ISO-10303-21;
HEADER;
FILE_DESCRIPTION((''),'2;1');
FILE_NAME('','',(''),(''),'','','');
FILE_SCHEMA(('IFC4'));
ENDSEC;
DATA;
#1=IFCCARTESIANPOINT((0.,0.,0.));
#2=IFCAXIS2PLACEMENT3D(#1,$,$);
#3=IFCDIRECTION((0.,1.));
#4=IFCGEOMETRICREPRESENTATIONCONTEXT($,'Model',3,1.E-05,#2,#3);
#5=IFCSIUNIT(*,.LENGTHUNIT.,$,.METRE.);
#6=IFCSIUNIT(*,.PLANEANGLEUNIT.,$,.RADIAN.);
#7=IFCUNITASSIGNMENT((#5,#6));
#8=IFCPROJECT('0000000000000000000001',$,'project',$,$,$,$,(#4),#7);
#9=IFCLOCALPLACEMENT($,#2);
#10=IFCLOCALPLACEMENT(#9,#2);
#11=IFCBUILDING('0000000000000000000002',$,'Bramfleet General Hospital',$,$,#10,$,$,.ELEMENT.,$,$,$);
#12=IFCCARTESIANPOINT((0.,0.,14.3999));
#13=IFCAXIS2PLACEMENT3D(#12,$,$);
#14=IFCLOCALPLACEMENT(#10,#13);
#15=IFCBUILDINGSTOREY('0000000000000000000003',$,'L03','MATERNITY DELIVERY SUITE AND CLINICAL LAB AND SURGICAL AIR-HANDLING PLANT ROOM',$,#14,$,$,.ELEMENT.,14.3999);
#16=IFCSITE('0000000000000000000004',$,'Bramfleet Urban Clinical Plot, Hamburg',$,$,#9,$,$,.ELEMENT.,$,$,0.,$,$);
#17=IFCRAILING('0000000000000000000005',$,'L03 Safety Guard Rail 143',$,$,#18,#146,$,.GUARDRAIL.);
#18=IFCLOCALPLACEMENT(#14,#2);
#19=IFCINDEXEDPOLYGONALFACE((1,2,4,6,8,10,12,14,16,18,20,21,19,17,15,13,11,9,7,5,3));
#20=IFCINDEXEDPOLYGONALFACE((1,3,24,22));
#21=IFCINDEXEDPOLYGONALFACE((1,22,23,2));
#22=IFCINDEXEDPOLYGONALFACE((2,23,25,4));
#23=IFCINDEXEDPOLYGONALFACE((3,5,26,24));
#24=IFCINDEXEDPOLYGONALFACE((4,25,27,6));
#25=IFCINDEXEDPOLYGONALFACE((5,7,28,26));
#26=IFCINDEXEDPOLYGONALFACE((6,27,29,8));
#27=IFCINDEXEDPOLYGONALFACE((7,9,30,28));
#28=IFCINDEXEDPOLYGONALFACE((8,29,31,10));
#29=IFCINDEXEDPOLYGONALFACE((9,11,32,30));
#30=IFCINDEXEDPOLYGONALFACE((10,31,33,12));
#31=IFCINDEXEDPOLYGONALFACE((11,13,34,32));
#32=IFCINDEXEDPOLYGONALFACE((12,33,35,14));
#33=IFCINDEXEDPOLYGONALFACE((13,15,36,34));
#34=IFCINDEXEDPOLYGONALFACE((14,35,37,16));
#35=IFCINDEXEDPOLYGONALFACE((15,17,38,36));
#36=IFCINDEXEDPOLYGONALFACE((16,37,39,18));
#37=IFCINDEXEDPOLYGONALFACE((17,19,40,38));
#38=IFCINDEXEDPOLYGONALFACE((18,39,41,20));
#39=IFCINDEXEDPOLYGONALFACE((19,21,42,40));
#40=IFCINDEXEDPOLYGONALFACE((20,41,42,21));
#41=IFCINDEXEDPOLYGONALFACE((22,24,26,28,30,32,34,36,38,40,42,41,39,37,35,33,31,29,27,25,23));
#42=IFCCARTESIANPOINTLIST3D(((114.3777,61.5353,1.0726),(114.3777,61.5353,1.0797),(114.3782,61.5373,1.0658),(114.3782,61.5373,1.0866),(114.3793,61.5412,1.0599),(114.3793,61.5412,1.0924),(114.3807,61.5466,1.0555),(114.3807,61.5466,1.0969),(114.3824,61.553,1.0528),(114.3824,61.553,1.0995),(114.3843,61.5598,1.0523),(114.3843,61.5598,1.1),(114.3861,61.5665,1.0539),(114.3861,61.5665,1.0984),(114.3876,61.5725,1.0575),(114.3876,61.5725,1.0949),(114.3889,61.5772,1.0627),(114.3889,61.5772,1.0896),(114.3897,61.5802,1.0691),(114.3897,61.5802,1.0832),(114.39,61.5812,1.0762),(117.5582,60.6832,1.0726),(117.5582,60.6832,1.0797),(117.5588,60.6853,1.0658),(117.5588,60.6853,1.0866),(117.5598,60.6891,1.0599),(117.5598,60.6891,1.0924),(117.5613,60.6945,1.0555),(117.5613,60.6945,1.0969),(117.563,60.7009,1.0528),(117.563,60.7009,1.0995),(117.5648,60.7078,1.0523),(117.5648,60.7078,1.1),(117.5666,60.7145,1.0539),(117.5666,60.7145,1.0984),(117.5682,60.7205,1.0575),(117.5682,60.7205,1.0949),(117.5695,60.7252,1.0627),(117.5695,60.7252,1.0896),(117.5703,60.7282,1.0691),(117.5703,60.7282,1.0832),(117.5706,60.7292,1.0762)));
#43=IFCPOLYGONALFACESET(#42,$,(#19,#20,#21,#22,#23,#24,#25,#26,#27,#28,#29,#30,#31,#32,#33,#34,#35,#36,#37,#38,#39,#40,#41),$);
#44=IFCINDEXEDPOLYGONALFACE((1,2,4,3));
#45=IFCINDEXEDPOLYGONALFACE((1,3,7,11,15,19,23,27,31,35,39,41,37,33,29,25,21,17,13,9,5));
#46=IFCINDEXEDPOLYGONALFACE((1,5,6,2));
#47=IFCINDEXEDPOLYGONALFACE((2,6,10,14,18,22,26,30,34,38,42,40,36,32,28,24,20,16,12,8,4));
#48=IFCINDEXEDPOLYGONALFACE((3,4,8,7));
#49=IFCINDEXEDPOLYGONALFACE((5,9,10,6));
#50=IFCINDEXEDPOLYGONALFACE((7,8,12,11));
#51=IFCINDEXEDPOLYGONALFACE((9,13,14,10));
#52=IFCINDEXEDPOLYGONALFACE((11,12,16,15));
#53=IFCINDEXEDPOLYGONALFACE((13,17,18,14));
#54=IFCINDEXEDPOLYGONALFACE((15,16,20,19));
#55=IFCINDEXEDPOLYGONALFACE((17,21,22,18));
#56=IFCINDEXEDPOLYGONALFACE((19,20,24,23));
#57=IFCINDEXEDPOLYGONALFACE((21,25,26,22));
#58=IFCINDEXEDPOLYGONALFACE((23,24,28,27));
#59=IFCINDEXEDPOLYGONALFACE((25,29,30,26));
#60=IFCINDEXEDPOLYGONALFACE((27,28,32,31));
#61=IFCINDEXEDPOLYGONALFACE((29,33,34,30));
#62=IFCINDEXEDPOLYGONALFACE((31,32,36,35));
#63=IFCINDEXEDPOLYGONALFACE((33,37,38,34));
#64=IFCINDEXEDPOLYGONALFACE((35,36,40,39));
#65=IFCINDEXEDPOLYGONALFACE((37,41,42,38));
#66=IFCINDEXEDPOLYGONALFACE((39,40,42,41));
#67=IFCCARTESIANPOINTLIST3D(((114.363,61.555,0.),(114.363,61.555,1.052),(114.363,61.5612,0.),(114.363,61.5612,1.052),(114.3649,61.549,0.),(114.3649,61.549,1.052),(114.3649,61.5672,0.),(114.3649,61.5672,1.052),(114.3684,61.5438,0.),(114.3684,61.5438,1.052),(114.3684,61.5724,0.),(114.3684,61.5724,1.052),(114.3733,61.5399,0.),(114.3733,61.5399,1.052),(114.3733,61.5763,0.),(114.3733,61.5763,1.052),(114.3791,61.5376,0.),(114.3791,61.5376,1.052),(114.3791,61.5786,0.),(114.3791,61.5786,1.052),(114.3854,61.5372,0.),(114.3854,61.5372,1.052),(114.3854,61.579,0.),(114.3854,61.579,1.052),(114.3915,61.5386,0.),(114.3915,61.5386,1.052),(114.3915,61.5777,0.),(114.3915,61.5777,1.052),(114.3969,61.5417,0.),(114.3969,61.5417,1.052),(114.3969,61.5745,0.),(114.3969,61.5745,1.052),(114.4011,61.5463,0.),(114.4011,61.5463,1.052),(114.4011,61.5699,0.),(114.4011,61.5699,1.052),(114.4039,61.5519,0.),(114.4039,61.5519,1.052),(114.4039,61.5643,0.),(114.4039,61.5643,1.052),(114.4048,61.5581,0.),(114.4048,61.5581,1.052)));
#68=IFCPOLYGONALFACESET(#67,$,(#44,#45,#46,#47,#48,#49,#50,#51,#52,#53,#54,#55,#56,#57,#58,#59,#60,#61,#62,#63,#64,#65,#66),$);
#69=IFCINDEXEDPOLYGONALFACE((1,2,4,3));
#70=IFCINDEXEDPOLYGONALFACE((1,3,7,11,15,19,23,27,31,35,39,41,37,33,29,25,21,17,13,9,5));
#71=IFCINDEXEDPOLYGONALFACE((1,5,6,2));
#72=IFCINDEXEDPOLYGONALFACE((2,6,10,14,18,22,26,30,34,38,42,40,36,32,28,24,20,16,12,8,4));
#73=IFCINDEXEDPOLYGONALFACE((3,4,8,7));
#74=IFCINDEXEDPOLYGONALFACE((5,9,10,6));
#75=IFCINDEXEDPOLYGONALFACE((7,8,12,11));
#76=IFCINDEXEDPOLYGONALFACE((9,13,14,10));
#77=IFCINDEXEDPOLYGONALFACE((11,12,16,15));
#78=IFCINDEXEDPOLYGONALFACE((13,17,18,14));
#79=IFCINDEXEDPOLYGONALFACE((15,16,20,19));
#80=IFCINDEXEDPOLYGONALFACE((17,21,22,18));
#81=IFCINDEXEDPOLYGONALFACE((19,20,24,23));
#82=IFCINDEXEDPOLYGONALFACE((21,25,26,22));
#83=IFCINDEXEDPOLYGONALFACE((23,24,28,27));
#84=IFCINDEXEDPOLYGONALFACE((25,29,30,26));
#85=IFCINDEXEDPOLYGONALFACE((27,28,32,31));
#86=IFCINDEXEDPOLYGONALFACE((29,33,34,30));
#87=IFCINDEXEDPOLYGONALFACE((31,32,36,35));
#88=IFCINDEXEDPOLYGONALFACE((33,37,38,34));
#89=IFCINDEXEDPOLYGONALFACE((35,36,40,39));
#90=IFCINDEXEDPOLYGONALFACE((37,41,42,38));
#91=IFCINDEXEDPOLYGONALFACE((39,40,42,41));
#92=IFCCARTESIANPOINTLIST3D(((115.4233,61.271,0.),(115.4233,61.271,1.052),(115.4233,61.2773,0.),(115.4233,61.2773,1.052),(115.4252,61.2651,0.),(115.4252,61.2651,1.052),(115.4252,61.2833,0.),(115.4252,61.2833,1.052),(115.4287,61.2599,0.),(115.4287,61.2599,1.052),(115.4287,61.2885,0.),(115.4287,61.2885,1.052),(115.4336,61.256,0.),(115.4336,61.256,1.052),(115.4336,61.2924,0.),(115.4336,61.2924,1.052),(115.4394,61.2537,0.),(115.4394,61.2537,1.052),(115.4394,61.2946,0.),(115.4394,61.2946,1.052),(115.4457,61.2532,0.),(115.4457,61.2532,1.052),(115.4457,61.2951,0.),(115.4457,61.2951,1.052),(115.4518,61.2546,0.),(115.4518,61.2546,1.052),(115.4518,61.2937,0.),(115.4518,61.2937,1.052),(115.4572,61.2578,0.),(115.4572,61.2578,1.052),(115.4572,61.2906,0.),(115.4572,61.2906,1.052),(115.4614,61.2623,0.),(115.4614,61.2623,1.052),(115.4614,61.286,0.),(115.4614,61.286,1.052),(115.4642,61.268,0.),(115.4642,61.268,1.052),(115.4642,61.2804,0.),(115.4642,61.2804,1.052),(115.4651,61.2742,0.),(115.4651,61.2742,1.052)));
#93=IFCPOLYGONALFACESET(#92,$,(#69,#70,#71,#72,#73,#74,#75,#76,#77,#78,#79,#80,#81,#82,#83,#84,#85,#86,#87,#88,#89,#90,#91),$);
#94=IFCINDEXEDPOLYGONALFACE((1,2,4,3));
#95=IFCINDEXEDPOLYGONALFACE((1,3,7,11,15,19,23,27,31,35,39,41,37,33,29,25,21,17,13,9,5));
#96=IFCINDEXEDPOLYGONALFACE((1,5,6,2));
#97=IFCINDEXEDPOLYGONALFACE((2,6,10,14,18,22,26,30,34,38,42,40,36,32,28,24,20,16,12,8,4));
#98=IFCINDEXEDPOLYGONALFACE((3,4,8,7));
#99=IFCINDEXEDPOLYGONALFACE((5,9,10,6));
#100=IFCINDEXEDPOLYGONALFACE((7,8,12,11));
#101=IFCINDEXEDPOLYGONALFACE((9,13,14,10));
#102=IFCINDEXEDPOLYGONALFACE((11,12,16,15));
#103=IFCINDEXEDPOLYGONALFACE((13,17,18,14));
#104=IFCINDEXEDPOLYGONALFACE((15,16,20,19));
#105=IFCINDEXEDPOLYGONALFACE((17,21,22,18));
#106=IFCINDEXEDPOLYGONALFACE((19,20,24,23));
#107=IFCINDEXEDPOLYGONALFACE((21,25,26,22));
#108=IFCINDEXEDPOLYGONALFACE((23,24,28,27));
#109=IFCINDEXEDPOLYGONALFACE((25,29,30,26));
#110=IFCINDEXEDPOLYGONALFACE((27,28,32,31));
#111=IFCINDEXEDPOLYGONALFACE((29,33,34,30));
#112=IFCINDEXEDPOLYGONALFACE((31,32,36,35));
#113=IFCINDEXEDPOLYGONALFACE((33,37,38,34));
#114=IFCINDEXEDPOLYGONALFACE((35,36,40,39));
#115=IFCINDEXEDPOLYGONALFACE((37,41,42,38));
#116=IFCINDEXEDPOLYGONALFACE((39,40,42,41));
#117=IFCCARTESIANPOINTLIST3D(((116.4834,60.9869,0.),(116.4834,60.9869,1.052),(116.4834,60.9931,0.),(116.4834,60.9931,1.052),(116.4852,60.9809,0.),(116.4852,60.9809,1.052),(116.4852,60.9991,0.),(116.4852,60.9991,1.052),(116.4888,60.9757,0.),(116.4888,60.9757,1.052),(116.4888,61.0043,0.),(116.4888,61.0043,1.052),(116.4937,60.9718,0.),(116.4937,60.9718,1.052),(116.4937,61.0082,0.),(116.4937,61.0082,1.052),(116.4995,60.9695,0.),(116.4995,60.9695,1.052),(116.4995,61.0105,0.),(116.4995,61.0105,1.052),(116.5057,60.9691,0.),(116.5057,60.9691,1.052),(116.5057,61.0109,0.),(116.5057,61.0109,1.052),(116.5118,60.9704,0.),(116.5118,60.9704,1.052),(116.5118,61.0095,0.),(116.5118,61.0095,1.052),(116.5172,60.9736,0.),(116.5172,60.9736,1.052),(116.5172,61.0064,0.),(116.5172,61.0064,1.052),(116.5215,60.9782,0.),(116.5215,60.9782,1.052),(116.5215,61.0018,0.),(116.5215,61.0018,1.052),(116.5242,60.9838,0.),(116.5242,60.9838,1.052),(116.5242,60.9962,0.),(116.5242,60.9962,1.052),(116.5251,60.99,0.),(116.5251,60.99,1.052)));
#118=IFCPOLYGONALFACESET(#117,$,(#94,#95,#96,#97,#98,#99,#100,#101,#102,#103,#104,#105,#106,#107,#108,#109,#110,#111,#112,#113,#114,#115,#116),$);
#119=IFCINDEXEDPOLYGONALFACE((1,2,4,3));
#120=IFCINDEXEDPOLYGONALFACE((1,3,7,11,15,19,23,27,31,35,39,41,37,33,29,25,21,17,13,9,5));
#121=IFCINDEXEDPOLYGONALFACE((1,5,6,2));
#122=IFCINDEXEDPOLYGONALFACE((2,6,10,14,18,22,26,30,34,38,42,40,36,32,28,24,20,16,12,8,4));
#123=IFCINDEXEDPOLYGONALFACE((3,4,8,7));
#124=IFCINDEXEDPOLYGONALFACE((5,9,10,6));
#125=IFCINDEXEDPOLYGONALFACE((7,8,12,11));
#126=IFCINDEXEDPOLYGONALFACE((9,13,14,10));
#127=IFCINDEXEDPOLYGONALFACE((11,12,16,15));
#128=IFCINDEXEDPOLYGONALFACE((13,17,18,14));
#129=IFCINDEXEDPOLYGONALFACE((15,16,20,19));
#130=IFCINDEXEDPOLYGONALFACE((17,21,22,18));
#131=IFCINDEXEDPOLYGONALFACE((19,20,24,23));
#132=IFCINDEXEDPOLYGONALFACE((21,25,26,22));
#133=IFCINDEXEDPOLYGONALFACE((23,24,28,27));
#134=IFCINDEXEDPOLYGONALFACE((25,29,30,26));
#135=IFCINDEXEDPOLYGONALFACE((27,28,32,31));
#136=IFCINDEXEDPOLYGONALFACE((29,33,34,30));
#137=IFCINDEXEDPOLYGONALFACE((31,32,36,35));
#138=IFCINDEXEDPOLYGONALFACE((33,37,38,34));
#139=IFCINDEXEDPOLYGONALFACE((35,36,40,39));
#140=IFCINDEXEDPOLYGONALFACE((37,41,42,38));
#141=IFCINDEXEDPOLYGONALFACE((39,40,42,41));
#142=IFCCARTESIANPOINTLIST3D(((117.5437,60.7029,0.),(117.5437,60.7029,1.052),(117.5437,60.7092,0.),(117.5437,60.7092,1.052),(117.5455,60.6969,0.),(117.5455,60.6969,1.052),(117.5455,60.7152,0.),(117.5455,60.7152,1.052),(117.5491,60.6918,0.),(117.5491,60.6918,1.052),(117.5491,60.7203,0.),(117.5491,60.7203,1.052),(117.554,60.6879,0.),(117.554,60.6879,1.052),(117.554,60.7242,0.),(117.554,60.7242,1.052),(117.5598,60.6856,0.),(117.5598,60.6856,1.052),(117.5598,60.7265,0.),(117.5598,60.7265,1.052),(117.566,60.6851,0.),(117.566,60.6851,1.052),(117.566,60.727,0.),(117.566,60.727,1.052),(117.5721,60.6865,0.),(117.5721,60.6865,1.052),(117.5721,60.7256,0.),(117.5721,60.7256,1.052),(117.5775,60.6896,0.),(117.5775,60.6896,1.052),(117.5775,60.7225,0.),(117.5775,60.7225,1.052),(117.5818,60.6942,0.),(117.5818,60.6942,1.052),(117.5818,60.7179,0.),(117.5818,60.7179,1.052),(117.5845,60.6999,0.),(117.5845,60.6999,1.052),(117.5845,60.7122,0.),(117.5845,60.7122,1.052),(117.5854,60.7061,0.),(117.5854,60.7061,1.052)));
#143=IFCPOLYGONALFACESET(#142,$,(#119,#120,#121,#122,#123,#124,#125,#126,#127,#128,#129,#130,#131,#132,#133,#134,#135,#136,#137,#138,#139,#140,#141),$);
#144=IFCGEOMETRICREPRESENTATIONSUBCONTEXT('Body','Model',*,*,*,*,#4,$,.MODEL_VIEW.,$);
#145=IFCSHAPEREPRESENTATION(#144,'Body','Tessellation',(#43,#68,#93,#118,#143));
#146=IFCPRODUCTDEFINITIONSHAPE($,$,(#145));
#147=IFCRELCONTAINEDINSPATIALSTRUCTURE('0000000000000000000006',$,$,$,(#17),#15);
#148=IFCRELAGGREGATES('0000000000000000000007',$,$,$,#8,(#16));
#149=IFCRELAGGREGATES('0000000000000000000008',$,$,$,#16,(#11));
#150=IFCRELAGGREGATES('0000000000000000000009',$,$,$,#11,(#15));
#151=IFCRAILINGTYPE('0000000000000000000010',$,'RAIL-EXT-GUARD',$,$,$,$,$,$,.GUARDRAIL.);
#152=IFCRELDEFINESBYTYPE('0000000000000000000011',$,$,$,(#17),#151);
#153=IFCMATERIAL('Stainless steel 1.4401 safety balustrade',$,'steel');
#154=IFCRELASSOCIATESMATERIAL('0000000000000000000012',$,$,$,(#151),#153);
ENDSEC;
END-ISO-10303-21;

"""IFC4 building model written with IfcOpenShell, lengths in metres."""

from ifc_helpers import new_model, si_unit, direction, frame, origin, origin_2d, place, context, subcontext, project, spatial, circle, extrude, material, type_object, element, save


model = new_model("IFC4")

# Units and contexts
model_context = context("Model", 3, precision=1e-05, world=origin(), true_north=direction((0.0, 1.0)))
body_context = subcontext(model_context, "Body", "Model", "MODEL_VIEW")
ifc_project = project(units=[si_unit("LENGTHUNIT", "METRE"), si_unit("PLANEANGLEUNIT", "RADIAN")], contexts=[model_context])

# Site, building, storey
site_placement = place(None, origin())
site = spatial("IfcSite", under=ifc_project, at=site_placement, Name="Bramfleet Urban Clinical Plot, Hamburg", CompositionType="ELEMENT", RefElevation=0.0)
building_placement = place(site_placement, origin())
building = spatial("IfcBuilding", under=site, at=building_placement, Name="Bramfleet General Hospital", CompositionType="ELEMENT")
storey_placement = place(building_placement, frame((0.0, 0.0, 14.3999)))
storey = spatial("IfcBuildingStorey", under=building, at=storey_placement, Name="L03", Description="MATERNITY DELIVERY SUITE AND CLINICAL LAB AND SURGICAL AIR-HANDLING PLANT ROOM", CompositionType="ELEMENT", Elevation=14.3999)

# Railing
ifc_material_1 = material(Name="Stainless steel 1.4401 safety balustrade", Category="steel")
railing_type = type_object("IfcRailingType", Name="RAIL-EXT-GUARD", PredefinedType="GUARDRAIL", material=ifc_material_1)
railing_1_placement = place(storey_placement, frame((114.3838, 61.5581, 0.0)))
element("IfcRailing", 1, at=railing_1_placement, inside=storey, type_object=railing_type, Name="L03 Safety Guard Rail 143", PredefinedType="GUARDRAIL", context=body_context, shape_type="SweptSolid", body=[
    extrude(circle(Radius=0.0239, at=origin_2d()), frame((0.0, 0.0, 1.0762), z_axis=(0.965941, -0.258761, 0.0), x_axis=(0.258761, 0.965941, 0.0)), (0.0, 0.0, 1.0), 3.2927),
    extrude(circle(Radius=0.021, at=origin_2d()), origin(), (0.0, 0.0, 1.0), 1.052),
    extrude(circle(Radius=0.021, at=origin_2d()), frame((1.0603, -0.2839, 0.0)), (0.0, 0.0, 1.0), 1.052),
    extrude(circle(Radius=0.021, at=origin_2d()), frame((2.1204, -0.5681, 0.0)), (0.0, 0.0, 1.0), 1.052),
    extrude(circle(Radius=0.021, at=origin_2d()), frame((3.1807, -0.8521, 0.0)), (0.0, 0.0, 1.0), 1.052),
])

save(model, "model.ifc")
